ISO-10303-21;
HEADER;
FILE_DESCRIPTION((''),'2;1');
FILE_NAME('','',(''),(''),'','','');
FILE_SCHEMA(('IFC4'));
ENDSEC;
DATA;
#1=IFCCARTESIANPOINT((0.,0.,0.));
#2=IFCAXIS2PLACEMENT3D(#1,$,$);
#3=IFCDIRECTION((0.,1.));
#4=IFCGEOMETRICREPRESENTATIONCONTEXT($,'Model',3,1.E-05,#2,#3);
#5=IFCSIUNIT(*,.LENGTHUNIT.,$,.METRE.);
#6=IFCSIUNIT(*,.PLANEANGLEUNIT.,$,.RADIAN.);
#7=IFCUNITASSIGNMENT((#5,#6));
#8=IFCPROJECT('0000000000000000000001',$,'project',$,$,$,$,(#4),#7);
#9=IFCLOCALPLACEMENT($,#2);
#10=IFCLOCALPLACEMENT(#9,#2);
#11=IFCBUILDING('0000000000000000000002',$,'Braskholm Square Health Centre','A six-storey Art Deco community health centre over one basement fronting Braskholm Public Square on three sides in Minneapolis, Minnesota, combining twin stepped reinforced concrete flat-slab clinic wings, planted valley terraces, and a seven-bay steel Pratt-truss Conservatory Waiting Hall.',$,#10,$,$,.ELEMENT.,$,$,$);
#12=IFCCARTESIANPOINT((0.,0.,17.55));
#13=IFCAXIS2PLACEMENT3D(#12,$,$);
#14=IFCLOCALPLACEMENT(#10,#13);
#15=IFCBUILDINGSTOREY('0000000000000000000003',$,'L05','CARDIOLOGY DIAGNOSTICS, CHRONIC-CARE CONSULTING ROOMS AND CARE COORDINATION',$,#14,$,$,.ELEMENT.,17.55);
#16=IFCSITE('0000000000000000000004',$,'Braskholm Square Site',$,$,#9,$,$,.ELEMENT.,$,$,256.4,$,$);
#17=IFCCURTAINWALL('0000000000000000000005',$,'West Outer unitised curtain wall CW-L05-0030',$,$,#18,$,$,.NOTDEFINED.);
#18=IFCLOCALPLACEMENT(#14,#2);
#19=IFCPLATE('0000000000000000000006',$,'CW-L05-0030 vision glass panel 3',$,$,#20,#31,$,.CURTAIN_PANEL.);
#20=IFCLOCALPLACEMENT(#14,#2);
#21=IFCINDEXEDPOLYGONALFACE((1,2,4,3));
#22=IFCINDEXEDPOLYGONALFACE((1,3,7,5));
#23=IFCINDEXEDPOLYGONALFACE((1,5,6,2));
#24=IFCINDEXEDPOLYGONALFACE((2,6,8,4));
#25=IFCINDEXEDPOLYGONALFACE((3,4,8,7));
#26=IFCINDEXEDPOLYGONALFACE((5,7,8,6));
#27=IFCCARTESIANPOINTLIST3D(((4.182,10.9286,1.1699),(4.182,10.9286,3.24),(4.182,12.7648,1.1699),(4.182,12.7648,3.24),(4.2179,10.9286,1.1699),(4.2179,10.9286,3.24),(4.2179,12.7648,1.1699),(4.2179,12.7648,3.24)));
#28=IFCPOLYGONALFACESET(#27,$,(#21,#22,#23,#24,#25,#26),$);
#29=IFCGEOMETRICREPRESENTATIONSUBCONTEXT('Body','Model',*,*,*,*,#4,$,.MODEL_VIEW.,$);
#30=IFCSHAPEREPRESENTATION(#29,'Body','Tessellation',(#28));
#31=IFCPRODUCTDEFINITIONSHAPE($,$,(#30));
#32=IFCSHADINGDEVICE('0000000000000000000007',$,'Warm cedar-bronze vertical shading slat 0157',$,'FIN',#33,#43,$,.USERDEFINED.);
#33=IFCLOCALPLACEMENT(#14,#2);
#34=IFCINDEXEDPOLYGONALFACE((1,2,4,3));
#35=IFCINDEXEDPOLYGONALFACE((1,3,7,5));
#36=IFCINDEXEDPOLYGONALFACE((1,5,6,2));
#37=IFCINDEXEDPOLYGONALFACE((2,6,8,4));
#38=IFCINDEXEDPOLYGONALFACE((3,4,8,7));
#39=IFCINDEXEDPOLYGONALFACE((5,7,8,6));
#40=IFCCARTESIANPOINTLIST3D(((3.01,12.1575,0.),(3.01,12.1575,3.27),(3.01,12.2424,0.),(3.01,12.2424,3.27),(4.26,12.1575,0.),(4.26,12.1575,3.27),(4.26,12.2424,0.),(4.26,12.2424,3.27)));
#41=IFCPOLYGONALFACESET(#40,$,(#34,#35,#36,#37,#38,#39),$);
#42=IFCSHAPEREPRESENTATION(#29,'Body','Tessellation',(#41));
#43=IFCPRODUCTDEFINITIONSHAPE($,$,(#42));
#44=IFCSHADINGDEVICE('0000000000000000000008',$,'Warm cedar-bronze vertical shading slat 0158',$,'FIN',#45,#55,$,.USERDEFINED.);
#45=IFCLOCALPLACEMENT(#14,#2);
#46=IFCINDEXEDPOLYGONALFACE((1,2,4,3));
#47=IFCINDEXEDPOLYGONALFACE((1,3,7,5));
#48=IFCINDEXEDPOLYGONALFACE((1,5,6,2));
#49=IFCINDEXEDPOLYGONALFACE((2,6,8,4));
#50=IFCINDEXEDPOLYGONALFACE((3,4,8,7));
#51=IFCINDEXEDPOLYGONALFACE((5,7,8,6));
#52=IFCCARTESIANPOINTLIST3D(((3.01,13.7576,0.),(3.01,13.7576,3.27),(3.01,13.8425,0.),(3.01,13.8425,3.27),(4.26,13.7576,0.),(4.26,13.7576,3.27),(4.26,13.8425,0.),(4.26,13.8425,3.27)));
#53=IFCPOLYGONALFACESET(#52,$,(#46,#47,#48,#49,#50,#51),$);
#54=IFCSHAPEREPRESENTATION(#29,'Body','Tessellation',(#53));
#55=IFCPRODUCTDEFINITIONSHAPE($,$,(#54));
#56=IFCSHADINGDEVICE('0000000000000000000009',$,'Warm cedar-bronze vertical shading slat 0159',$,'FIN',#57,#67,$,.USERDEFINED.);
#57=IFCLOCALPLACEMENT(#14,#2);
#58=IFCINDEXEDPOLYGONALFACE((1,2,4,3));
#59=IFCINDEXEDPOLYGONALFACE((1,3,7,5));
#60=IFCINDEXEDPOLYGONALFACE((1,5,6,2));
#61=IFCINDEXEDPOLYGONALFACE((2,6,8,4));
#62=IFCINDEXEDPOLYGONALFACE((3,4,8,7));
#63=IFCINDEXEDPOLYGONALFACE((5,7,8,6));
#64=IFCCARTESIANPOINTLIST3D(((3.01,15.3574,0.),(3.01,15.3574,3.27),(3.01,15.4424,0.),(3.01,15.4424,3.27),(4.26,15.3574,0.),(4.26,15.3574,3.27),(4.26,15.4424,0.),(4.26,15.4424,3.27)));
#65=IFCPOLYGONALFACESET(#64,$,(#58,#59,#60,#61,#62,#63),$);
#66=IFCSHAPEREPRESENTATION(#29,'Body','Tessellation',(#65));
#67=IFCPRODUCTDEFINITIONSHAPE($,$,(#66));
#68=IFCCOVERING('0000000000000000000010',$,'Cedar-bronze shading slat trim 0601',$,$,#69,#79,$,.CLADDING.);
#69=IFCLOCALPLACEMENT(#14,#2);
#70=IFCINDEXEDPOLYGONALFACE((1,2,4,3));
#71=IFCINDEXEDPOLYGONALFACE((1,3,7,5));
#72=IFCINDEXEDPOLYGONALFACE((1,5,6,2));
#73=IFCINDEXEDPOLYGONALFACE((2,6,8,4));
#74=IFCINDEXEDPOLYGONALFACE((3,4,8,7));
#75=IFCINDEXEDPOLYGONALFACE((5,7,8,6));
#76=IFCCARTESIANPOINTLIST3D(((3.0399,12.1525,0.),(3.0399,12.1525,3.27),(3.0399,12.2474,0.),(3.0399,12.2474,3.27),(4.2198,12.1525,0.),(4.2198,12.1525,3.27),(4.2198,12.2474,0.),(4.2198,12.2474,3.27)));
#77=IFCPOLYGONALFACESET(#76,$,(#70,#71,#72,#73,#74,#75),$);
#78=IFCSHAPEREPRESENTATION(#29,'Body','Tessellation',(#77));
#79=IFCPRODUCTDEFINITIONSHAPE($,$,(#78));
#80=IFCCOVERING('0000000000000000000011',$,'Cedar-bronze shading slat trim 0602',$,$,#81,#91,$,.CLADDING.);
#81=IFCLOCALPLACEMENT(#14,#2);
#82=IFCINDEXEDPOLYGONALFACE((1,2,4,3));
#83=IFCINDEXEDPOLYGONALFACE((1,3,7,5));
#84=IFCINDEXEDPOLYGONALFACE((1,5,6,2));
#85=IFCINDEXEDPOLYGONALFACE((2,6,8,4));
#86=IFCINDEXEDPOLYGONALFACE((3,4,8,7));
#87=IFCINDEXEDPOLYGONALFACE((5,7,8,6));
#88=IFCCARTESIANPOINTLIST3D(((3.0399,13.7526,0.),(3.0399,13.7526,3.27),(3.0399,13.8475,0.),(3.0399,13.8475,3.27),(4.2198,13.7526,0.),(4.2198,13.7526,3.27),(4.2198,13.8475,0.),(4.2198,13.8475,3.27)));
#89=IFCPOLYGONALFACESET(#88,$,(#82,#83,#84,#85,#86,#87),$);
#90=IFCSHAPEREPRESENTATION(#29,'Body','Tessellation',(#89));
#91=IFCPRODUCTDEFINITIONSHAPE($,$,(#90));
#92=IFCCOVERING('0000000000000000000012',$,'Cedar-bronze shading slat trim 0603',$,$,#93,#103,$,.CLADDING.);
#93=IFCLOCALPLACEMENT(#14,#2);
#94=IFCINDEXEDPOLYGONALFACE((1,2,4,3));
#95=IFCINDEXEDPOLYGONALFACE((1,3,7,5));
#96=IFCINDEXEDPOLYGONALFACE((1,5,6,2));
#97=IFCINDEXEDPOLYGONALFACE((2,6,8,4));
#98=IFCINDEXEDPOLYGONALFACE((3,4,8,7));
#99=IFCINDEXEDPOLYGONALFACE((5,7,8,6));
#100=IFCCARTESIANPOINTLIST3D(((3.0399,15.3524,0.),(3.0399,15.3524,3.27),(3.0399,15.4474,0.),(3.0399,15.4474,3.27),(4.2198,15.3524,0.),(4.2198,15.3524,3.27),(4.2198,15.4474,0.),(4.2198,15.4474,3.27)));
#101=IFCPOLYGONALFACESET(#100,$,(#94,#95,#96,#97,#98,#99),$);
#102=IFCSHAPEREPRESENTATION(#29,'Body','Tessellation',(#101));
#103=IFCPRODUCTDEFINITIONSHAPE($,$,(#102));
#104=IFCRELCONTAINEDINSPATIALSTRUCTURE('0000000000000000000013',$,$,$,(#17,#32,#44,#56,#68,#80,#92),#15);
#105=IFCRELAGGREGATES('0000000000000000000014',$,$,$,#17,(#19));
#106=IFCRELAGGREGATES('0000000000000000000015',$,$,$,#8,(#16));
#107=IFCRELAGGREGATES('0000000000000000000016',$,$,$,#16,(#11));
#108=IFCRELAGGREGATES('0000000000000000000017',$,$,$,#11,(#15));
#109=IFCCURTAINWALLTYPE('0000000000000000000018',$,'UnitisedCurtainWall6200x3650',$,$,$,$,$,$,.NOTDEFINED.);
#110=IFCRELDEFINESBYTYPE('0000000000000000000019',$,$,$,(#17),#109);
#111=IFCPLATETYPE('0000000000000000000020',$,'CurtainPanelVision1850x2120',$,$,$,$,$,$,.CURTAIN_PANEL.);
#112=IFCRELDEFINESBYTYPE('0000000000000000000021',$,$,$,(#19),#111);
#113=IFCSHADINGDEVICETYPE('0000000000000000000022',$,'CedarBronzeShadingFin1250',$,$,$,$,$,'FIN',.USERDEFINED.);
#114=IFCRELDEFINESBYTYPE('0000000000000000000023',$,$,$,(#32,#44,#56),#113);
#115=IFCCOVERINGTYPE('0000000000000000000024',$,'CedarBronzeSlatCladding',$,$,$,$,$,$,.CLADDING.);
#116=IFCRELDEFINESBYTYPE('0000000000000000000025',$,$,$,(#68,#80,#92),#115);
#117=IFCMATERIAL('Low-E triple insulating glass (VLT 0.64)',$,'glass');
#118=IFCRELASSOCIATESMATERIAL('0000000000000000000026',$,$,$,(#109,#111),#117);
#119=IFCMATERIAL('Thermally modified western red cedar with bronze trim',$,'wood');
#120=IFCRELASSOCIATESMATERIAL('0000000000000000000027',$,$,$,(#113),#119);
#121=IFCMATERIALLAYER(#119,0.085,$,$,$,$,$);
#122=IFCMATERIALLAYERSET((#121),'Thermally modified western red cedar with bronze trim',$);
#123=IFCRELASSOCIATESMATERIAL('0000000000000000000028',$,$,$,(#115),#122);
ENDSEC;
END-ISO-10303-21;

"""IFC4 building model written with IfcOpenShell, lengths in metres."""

from ifc_helpers import new_model, si_unit, direction, frame, origin, origin_2d, place, context, subcontext, project, spatial, rectangle, extrude, material, layer, layer_set, type_object, element, aggregate, save


model = new_model("IFC4")

# Units and contexts
model_context = context("Model", 3, precision=1e-05, world=origin(), true_north=direction((0.0, 1.0)))
body_context = subcontext(model_context, "Body", "Model", "MODEL_VIEW")
ifc_project = project(units=[si_unit("LENGTHUNIT", "METRE"), si_unit("PLANEANGLEUNIT", "RADIAN")], contexts=[model_context])

# Site, building, storey
site_placement = place(None, origin())
site = spatial("IfcSite", under=ifc_project, at=site_placement, Name="Braskholm Square Site", CompositionType="ELEMENT", RefElevation=256.4)
building_placement = place(site_placement, origin())
building = spatial("IfcBuilding", under=site, at=building_placement, Name="Braskholm Square Health Centre", Description="A six-storey Art Deco community health centre over one basement fronting Braskholm Public Square on three sides in Minneapolis, Minnesota, combining twin stepped reinforced concrete flat-slab clinic wings, planted valley terraces, and a seven-bay steel Pratt-truss Conservatory Waiting Hall.", CompositionType="ELEMENT")
storey_placement = place(building_placement, frame((0.0, 0.0, 17.55)))
storey = spatial("IfcBuildingStorey", under=building, at=storey_placement, Name="L05", Description="CARDIOLOGY DIAGNOSTICS, CHRONIC-CARE CONSULTING ROOMS AND CARE COORDINATION", CompositionType="ELEMENT", Elevation=17.55)

# Curtain wall
ifc_material_1 = material(Name="Low-E triple insulating glass (VLT 0.64)", Category="glass")
curtain_wall_type = type_object("IfcCurtainWallType", Name="UnitisedCurtainWall6200x3650", PredefinedType="NOTDEFINED", material=ifc_material_1)
curtain_wall_placement = place(storey_placement, origin())
curtain_wall = element("IfcCurtainWall", 1, at=curtain_wall_placement, inside=storey, type_object=curtain_wall_type, Name="West Outer unitised curtain wall CW-L05-0030", PredefinedType="NOTDEFINED")

# Plate
plate_type_1 = type_object("IfcPlateType", Name="CurtainPanelVision1850x2120", PredefinedType="CURTAIN_PANEL", material=ifc_material_1)
plate_1_placement = place(storey_placement, frame((4.2, 11.8467, 1.1699), z_axis=(0.0, 0.0, 1.0), x_axis=(0.0, -1.0, 0.0)))
plate_1 = element("IfcPlate", 2, at=plate_1_placement, type_object=plate_type_1, Name="CW-L05-0030 vision glass panel 3", PredefinedType="CURTAIN_PANEL", context=body_context, shape_type="SweptSolid", body=[
    extrude(rectangle(XDim=1.8362, YDim=0.0359, at=origin_2d()), origin(), (0.0, 0.0, 1.0), 2.0701),
])
aggregate(curtain_wall, [plate_1])

# Shading devices
ifc_material_2 = material(Name="Thermally modified western red cedar with bronze trim", Category="wood")
shading_device_type = type_object("IfcShadingDeviceType", Name="CedarBronzeShadingFin1250", ElementType="FIN", PredefinedType="USERDEFINED", material=ifc_material_2)
for number, where, z_axis, x_axis, name in (
    (3, (3.635, 12.2, 0.0), (0.0, 0.0, 1.0), (1.0, 0.0, 0.0), "Warm cedar-bronze vertical shading slat 0157"),
    (4, (3.635, 13.8, 0.0), (0.0, 0.0, 1.0), (1.0, 0.0, 0.0), "Warm cedar-bronze vertical shading slat 0158"),
    (5, (3.635, 15.3999, 0.0), (0.0, 0.0, 1.0), (1.0, 0.0, 0.0), "Warm cedar-bronze vertical shading slat 0159"),
):
    element("IfcShadingDevice", number, at=place(storey_placement, frame(where, z_axis=z_axis, x_axis=x_axis)), inside=storey, type_object=shading_device_type, Name=name, ObjectType="FIN", PredefinedType="USERDEFINED", context=body_context, shape_type="SweptSolid", body=[
        extrude(rectangle(XDim=1.25, YDim=0.085, at=origin_2d()), origin(), (0.0, 0.0, 1.0), 3.27),
    ])

# Coverings
ifc_layer = layer(ifc_material_2, 0.085)
ifc_layer_set = layer_set([ifc_layer], Name="Thermally modified western red cedar with bronze trim")
covering_type = type_object("IfcCoveringType", Name="CedarBronzeSlatCladding", PredefinedType="CLADDING", material=ifc_layer_set)
for number, where, z_axis, x_axis, name in (
    (6, (3.6299, 12.2, 0.0), (0.0, 0.0, 1.0), (1.0, 0.0, 0.0), "Cedar-bronze shading slat trim 0601"),
    (7, (3.6299, 13.8, 0.0), (0.0, 0.0, 1.0), (1.0, 0.0, 0.0), "Cedar-bronze shading slat trim 0602"),
    (8, (3.6299, 15.3999, 0.0), (0.0, 0.0, 1.0), (1.0, 0.0, 0.0), "Cedar-bronze shading slat trim 0603"),
):
    element("IfcCovering", number, at=place(storey_placement, frame(where, z_axis=z_axis, x_axis=x_axis)), inside=storey, type_object=covering_type, Name=name, PredefinedType="CLADDING", context=body_context, shape_type="SweptSolid", body=[
        extrude(rectangle(XDim=1.1799, YDim=0.095, at=origin_2d()), origin(), (0.0, 0.0, 1.0), 3.27),
    ])

save(model, "model.ifc")
